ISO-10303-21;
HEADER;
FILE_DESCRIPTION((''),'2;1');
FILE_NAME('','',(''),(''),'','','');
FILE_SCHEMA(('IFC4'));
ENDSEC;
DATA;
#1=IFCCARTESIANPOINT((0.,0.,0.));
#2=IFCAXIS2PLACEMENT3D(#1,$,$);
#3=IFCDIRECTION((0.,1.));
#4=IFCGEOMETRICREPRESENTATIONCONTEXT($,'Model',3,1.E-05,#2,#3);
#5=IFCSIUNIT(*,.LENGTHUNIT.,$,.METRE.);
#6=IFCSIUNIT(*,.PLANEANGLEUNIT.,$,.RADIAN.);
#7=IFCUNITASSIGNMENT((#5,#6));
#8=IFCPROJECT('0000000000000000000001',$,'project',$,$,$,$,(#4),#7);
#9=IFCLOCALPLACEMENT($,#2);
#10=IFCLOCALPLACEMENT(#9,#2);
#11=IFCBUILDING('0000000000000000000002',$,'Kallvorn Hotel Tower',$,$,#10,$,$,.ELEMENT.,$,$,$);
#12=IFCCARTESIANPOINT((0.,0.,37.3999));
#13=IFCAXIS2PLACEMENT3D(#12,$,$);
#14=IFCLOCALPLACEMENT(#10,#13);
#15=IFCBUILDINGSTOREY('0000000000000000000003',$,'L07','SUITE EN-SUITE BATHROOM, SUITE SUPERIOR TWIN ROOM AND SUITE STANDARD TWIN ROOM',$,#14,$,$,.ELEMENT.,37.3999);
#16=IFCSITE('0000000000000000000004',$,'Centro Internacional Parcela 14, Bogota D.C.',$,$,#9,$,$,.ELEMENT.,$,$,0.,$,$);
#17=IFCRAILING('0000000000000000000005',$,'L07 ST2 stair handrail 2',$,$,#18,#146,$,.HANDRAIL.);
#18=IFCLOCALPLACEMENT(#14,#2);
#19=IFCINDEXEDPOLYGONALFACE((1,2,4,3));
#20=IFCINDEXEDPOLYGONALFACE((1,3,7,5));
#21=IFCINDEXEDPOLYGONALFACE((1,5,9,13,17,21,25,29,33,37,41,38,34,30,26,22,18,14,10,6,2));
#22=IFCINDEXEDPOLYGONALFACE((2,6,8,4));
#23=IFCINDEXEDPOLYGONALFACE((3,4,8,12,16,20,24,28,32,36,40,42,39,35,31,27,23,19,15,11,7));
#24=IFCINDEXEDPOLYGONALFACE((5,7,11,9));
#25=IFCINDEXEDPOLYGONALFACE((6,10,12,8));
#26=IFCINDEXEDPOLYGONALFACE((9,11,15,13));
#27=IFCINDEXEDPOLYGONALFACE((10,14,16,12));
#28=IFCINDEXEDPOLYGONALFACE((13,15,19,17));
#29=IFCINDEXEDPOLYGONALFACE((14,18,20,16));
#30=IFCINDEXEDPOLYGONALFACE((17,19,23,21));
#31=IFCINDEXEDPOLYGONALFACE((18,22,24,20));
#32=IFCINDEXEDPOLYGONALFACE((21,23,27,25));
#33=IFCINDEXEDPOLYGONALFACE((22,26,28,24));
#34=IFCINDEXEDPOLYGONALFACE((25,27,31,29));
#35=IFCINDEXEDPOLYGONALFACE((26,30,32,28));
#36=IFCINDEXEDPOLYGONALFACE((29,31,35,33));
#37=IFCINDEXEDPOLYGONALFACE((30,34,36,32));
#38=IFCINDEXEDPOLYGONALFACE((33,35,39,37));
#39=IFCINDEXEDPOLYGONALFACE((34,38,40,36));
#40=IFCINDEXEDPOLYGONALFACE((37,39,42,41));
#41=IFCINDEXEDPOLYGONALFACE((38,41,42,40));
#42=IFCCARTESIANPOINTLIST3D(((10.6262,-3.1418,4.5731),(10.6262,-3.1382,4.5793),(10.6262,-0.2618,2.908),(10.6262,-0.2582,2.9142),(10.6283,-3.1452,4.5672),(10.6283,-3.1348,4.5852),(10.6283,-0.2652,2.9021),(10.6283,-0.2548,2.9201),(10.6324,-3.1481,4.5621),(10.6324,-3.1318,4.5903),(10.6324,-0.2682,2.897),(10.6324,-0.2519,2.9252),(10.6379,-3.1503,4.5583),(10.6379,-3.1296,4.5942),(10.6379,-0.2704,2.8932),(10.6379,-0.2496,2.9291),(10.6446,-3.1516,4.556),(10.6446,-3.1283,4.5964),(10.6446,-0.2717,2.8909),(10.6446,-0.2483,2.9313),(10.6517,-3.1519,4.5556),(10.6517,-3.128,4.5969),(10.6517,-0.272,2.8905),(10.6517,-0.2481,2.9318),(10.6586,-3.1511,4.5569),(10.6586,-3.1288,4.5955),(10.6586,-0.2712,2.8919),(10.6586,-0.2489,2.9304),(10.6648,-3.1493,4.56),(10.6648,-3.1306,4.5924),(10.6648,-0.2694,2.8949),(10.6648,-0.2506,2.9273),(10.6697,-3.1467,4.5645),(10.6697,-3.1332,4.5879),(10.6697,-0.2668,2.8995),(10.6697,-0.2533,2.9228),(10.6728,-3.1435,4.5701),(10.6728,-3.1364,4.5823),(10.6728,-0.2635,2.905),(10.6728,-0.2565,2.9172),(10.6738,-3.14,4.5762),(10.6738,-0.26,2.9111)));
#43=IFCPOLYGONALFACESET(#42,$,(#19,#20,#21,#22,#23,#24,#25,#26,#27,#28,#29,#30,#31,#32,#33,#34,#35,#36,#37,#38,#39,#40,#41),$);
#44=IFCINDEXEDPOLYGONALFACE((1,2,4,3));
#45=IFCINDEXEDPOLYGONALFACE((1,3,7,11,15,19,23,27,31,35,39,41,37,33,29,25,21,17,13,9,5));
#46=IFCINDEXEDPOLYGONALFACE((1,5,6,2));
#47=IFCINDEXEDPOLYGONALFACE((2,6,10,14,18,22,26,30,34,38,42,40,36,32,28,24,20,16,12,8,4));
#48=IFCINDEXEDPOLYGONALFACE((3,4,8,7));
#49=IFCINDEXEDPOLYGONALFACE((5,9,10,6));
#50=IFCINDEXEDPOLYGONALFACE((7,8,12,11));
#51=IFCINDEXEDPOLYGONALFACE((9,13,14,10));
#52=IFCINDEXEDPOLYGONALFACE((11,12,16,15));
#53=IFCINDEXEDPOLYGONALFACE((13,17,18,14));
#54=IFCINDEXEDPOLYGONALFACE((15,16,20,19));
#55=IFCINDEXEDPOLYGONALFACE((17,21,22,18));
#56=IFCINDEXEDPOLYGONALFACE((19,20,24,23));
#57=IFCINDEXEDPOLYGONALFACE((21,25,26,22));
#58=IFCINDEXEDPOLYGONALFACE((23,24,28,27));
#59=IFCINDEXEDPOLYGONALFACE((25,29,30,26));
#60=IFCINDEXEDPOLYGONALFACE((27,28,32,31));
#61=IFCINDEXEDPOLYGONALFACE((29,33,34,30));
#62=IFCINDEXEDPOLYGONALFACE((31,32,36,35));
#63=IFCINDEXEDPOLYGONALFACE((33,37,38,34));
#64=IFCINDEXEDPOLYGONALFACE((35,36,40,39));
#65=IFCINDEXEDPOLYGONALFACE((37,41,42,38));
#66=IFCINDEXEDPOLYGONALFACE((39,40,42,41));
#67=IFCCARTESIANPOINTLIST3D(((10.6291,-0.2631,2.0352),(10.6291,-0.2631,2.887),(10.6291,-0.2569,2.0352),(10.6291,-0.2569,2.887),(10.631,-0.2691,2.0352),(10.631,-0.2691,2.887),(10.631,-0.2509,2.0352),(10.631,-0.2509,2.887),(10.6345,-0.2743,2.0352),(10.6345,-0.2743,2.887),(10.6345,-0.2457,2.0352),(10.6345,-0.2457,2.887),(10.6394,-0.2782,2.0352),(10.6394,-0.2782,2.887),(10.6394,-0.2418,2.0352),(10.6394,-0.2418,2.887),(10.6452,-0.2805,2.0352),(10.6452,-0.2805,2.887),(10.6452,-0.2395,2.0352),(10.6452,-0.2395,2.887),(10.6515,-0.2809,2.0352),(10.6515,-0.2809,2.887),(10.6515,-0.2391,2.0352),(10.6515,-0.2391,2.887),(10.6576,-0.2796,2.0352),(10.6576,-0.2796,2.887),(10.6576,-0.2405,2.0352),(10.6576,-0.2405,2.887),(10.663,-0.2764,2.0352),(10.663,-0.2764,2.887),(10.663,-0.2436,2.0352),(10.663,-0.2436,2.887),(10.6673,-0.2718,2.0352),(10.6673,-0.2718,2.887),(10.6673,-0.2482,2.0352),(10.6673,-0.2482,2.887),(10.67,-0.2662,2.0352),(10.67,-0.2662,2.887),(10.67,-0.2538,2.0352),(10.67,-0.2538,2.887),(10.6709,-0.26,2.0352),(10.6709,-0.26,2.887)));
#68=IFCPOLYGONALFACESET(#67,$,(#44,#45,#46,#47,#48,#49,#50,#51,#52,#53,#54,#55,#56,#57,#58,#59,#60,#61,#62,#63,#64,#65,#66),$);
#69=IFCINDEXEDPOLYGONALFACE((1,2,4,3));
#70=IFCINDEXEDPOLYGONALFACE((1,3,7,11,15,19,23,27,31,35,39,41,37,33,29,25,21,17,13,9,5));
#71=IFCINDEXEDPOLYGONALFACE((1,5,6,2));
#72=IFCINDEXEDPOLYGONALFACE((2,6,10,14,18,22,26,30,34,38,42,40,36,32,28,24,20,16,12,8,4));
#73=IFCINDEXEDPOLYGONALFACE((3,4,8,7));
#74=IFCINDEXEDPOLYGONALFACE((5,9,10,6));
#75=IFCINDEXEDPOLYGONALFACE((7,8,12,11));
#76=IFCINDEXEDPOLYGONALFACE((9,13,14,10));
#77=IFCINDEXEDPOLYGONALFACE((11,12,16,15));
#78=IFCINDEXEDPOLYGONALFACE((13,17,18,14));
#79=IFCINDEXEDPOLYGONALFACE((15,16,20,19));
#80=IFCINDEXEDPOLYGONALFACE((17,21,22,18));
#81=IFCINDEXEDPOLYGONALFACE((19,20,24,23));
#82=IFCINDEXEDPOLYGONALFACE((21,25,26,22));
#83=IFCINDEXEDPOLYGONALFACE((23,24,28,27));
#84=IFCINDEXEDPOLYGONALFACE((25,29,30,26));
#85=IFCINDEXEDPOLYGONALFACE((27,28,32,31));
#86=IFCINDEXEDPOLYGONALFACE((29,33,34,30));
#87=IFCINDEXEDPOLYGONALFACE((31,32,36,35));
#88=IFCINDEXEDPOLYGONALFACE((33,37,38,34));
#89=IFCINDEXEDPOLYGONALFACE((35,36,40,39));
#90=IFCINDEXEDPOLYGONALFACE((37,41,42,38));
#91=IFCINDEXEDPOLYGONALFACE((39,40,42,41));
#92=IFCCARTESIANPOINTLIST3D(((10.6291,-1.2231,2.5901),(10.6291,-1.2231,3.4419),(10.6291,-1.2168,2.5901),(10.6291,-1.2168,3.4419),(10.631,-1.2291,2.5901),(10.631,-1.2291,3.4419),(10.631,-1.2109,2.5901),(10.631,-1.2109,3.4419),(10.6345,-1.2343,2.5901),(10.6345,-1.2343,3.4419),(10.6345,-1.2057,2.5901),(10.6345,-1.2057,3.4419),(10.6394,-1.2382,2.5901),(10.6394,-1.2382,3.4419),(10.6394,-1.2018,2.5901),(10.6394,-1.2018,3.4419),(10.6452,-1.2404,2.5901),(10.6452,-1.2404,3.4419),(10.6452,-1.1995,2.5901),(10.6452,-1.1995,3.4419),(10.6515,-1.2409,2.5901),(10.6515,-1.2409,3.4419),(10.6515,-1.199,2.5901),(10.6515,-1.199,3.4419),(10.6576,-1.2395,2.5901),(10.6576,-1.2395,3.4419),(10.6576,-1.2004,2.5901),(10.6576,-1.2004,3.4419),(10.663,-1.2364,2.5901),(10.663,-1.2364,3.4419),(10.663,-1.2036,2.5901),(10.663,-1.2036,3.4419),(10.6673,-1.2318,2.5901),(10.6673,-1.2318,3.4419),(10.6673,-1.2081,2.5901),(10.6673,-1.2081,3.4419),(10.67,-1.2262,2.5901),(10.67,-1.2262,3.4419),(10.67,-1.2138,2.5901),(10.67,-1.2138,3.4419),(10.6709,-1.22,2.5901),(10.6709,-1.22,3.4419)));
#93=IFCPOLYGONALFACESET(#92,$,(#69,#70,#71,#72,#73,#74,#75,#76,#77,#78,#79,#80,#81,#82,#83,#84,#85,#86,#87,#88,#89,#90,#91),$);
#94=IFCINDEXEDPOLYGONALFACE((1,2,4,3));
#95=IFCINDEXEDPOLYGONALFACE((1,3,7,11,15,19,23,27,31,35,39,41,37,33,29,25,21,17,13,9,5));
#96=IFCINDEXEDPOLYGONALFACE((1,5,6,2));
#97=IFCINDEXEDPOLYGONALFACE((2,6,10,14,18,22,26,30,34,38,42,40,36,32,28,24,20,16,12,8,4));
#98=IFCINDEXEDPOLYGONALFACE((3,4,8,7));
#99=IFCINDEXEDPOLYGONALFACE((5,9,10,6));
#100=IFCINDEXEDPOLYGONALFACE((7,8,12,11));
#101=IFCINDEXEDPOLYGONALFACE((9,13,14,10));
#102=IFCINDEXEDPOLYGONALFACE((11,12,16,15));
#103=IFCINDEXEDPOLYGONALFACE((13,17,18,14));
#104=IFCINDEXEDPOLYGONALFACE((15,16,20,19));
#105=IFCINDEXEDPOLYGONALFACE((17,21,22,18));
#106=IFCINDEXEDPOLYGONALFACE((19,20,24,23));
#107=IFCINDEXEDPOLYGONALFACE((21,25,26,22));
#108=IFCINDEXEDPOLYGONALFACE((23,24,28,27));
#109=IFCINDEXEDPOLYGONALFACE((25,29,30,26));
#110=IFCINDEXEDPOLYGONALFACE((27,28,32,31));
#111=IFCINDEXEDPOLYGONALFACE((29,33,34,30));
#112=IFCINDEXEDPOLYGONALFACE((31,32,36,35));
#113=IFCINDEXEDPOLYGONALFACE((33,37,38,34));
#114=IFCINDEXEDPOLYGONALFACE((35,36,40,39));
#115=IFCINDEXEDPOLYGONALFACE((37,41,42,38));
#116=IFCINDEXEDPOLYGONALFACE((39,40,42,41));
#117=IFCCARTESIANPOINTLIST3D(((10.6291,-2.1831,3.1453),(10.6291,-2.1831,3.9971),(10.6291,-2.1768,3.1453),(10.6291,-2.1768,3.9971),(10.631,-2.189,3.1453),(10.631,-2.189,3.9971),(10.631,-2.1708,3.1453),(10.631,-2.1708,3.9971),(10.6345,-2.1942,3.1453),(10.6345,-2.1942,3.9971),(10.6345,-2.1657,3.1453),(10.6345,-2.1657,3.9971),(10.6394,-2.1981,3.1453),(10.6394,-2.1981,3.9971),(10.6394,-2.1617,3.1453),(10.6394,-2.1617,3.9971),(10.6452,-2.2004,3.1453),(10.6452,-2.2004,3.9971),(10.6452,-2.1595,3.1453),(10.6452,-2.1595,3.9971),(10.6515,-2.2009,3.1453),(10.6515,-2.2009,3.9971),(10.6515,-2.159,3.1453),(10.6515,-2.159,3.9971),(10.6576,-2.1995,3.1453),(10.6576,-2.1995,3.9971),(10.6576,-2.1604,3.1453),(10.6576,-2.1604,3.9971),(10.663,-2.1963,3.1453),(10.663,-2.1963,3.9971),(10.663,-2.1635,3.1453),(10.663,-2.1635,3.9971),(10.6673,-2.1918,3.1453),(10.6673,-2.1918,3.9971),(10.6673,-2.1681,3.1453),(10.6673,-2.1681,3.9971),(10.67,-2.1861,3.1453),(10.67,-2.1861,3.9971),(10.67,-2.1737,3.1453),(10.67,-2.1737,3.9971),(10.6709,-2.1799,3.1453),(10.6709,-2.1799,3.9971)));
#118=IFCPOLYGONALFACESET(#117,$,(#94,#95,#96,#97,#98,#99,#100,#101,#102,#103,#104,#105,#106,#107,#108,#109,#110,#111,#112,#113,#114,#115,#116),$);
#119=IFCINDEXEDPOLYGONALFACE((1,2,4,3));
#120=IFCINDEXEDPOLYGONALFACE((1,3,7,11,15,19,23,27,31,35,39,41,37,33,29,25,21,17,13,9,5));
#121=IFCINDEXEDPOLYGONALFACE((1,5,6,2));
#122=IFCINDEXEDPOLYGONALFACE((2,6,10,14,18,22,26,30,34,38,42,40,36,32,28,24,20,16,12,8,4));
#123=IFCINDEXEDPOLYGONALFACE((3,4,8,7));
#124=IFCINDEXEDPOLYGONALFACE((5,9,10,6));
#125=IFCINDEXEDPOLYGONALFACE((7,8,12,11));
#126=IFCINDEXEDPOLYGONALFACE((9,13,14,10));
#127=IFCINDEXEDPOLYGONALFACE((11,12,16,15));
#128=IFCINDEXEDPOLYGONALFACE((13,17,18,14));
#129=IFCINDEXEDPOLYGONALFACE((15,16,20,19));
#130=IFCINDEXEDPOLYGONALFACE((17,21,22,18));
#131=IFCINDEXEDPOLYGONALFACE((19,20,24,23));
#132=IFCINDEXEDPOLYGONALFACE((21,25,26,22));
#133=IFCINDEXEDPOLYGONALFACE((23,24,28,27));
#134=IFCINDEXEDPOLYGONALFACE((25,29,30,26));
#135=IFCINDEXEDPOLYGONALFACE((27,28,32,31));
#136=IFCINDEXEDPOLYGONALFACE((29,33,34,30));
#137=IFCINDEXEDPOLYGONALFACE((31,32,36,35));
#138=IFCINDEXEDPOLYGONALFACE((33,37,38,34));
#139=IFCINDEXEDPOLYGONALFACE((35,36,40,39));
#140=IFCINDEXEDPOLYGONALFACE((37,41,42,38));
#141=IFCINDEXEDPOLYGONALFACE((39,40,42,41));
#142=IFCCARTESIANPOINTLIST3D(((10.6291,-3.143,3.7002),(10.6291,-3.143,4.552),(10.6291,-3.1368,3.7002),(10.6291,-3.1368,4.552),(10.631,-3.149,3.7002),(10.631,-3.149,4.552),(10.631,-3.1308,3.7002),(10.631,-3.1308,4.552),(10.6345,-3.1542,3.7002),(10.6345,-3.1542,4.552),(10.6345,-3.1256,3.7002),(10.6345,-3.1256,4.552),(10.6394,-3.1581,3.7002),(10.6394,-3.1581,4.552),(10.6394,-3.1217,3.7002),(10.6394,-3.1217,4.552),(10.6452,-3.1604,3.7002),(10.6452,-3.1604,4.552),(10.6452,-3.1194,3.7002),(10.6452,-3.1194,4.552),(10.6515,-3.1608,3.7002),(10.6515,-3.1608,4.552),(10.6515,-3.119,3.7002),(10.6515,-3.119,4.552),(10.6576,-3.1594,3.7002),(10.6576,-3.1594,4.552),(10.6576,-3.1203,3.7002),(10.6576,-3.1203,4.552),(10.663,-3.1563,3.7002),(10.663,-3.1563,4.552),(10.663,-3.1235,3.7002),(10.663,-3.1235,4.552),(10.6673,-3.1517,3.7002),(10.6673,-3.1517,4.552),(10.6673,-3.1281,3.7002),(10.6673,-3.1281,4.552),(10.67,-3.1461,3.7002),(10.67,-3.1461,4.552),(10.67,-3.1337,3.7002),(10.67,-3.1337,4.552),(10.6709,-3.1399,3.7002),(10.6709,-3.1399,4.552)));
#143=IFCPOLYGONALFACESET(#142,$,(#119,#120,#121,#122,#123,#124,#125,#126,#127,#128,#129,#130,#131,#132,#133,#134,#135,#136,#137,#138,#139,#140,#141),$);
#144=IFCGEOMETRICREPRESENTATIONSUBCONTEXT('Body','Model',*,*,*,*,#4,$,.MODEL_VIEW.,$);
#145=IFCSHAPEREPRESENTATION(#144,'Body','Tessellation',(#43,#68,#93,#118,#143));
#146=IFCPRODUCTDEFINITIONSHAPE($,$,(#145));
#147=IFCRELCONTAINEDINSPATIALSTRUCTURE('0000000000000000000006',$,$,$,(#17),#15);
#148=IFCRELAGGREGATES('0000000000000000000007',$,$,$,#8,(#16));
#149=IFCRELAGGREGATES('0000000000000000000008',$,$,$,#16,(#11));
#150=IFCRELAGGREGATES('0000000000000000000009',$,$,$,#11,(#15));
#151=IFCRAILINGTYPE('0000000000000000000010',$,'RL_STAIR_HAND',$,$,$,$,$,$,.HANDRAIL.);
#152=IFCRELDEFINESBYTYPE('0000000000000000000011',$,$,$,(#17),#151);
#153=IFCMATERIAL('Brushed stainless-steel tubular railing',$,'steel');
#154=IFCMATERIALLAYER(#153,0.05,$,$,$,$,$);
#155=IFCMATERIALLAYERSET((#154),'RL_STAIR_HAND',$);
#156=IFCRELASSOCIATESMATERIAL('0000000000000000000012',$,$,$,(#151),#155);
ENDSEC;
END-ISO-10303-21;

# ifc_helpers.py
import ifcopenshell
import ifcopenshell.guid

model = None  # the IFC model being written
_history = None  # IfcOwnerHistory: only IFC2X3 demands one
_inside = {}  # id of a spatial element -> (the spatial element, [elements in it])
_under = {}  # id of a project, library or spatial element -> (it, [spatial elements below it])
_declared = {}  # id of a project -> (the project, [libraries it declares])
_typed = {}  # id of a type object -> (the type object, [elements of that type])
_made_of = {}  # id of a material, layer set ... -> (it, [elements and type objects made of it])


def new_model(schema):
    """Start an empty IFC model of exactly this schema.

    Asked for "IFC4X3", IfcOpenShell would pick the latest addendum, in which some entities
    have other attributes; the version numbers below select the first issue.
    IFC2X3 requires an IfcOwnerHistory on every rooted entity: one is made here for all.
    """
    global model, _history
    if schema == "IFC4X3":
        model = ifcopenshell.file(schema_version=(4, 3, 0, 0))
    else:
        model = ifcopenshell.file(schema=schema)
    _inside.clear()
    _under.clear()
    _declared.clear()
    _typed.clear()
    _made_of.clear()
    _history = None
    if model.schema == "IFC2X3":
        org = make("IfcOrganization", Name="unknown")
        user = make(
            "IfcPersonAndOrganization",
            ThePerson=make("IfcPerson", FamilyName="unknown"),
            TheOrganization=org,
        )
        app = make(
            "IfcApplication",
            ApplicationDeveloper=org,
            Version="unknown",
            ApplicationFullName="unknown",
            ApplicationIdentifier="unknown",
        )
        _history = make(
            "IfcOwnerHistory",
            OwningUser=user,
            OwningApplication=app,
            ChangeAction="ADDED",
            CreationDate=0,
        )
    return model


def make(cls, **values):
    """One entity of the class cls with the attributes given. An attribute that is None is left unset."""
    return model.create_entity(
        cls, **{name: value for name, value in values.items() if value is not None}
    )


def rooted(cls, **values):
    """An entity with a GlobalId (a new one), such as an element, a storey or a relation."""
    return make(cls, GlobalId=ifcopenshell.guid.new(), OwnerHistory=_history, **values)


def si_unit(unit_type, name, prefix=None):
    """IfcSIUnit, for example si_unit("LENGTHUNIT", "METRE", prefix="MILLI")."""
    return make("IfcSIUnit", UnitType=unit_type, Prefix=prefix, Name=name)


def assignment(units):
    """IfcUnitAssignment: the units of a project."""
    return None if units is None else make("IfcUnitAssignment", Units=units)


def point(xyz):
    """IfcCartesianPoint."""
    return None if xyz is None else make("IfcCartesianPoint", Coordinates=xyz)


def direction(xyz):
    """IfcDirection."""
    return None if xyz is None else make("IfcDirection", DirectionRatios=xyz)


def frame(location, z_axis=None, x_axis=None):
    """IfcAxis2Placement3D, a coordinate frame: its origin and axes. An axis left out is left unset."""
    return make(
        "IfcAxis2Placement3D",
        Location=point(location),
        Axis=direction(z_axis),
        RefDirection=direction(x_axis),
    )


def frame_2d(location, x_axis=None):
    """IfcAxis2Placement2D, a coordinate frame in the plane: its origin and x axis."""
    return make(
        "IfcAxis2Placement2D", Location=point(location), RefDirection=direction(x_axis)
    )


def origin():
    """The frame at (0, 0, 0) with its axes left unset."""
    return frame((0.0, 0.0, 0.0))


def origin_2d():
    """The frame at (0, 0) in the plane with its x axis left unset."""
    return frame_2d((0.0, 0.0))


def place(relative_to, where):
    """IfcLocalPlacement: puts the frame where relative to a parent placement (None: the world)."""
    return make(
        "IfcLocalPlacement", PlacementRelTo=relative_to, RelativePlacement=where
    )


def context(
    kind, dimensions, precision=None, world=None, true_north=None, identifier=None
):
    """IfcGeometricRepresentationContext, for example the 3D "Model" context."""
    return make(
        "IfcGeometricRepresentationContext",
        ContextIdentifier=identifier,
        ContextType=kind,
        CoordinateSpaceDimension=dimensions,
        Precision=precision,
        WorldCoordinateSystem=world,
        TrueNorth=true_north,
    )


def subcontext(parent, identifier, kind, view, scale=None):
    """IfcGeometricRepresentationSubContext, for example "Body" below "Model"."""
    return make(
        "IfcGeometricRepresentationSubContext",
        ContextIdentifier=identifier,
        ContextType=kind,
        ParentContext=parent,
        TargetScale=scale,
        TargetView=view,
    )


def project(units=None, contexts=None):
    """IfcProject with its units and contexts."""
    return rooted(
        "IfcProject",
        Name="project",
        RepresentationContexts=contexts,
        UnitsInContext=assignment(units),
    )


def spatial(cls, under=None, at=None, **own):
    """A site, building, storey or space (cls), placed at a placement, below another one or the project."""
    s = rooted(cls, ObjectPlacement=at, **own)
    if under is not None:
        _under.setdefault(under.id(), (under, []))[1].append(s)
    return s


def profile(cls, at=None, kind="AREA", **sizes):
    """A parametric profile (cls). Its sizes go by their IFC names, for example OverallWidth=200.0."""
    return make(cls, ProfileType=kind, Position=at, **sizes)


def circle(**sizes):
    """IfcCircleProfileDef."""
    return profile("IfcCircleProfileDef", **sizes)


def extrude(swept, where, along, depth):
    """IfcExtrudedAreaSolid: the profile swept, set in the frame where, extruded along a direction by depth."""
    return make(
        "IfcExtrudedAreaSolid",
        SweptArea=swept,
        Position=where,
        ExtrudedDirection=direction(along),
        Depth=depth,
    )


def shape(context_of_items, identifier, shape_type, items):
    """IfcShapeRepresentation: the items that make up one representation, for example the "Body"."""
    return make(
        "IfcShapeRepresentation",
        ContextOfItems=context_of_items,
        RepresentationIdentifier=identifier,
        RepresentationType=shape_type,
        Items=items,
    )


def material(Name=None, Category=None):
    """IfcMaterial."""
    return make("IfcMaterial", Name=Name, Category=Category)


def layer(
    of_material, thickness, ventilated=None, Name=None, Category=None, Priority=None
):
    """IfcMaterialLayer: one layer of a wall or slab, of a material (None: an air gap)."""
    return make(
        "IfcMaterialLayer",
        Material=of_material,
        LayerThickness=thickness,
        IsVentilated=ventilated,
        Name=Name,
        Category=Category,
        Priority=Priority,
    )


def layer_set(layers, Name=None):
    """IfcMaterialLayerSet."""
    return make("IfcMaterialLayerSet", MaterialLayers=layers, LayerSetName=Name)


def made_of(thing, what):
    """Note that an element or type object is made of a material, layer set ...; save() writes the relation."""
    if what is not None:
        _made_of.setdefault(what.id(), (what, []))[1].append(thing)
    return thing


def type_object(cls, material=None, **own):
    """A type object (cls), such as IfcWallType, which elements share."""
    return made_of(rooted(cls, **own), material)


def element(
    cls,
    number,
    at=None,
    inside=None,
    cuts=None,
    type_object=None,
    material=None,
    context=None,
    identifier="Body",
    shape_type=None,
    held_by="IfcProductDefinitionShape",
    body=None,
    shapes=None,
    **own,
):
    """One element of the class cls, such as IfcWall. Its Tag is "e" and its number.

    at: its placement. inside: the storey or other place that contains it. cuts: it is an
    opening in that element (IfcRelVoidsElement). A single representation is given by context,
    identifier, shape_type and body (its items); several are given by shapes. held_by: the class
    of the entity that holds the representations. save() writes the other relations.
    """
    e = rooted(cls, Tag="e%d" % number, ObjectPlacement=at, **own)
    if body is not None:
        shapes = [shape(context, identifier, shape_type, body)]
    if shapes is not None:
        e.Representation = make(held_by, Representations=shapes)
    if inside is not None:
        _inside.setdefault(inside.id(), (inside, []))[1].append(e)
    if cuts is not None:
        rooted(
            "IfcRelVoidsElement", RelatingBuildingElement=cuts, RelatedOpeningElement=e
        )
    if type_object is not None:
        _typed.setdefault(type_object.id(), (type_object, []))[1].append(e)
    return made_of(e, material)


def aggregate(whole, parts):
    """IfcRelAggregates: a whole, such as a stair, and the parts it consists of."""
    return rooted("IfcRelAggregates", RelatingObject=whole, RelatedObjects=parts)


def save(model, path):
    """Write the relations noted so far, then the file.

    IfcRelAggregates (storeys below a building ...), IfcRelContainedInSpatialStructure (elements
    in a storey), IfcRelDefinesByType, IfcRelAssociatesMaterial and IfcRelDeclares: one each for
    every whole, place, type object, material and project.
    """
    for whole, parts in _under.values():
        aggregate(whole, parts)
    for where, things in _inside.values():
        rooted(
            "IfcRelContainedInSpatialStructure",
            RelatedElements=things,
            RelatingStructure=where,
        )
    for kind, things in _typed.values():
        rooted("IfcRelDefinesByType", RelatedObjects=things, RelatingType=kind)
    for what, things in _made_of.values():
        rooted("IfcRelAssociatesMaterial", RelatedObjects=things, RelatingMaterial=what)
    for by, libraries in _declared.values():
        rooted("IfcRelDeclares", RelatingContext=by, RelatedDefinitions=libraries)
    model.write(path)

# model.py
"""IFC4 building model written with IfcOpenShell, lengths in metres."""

from ifc_helpers import new_model, si_unit, direction, frame, origin, origin_2d, place, context, subcontext, project, spatial, circle, extrude, material, layer, layer_set, type_object, element, save


model = new_model("IFC4")

# Units and contexts
model_context = context("Model", 3, precision=1e-05, world=origin(), true_north=direction((0.0, 1.0)))
body_context = subcontext(model_context, "Body", "Model", "MODEL_VIEW")
ifc_project = project(units=[si_unit("LENGTHUNIT", "METRE"), si_unit("PLANEANGLEUNIT", "RADIAN")], contexts=[model_context])

# Site, building, storey
site_placement = place(None, origin())
site = spatial("IfcSite", under=ifc_project, at=site_placement, Name="Centro Internacional Parcela 14, Bogota D.C.", CompositionType="ELEMENT", RefElevation=0.0)
building_placement = place(site_placement, origin())
building = spatial("IfcBuilding", under=site, at=building_placement, Name="Kallvorn Hotel Tower", CompositionType="ELEMENT")
storey_placement = place(building_placement, frame((0.0, 0.0, 37.3999)))
storey = spatial("IfcBuildingStorey", under=building, at=storey_placement, Name="L07", Description="SUITE EN-SUITE BATHROOM, SUITE SUPERIOR TWIN ROOM AND SUITE STANDARD TWIN ROOM", CompositionType="ELEMENT", Elevation=37.3999)

# Railing
ifc_material_1 = material(Name="Brushed stainless-steel tubular railing", Category="steel")
ifc_layer_1 = layer(ifc_material_1, 0.05)
ifc_layer_set_1 = layer_set([ifc_layer_1], Name="RL_STAIR_HAND")
railing_type_1 = type_object("IfcRailingType", Name="RL_STAIR_HAND", PredefinedType="HANDRAIL", material=ifc_layer_set_1)
railing_1_placement = place(storey_placement, frame((10.6499, -0.26, 2.0352)))
element("IfcRailing", 1, at=railing_1_placement, inside=storey, type_object=railing_type_1, Name="L07 ST2 stair handrail 2", PredefinedType="HANDRAIL", context=body_context, shape_type="SweptSolid", body=[
    extrude(circle(Radius=0.0239, at=origin_2d()), frame((0.0, 0.0, 0.876), z_axis=(0.0, -0.865721, 0.500527), x_axis=(1.0, 0.0, 0.0)), (0.0, 0.0, 1.0), 3.3267),
    extrude(circle(Radius=0.021, at=origin_2d()), origin(), (0.0, 0.0, 1.0), 0.8518),
    extrude(circle(Radius=0.021, at=origin_2d()), frame((0.0, -0.96, 0.5549)), (0.0, 0.0, 1.0), 0.8518),
    extrude(circle(Radius=0.021, at=origin_2d()), frame((0.0, -1.9199, 1.1101)), (0.0, 0.0, 1.0), 0.8518),
    extrude(circle(Radius=0.021, at=origin_2d()), frame((0.0, -2.8799, 1.665)), (0.0, 0.0, 1.0), 0.8518),
])

save(model, "model.ifc")
